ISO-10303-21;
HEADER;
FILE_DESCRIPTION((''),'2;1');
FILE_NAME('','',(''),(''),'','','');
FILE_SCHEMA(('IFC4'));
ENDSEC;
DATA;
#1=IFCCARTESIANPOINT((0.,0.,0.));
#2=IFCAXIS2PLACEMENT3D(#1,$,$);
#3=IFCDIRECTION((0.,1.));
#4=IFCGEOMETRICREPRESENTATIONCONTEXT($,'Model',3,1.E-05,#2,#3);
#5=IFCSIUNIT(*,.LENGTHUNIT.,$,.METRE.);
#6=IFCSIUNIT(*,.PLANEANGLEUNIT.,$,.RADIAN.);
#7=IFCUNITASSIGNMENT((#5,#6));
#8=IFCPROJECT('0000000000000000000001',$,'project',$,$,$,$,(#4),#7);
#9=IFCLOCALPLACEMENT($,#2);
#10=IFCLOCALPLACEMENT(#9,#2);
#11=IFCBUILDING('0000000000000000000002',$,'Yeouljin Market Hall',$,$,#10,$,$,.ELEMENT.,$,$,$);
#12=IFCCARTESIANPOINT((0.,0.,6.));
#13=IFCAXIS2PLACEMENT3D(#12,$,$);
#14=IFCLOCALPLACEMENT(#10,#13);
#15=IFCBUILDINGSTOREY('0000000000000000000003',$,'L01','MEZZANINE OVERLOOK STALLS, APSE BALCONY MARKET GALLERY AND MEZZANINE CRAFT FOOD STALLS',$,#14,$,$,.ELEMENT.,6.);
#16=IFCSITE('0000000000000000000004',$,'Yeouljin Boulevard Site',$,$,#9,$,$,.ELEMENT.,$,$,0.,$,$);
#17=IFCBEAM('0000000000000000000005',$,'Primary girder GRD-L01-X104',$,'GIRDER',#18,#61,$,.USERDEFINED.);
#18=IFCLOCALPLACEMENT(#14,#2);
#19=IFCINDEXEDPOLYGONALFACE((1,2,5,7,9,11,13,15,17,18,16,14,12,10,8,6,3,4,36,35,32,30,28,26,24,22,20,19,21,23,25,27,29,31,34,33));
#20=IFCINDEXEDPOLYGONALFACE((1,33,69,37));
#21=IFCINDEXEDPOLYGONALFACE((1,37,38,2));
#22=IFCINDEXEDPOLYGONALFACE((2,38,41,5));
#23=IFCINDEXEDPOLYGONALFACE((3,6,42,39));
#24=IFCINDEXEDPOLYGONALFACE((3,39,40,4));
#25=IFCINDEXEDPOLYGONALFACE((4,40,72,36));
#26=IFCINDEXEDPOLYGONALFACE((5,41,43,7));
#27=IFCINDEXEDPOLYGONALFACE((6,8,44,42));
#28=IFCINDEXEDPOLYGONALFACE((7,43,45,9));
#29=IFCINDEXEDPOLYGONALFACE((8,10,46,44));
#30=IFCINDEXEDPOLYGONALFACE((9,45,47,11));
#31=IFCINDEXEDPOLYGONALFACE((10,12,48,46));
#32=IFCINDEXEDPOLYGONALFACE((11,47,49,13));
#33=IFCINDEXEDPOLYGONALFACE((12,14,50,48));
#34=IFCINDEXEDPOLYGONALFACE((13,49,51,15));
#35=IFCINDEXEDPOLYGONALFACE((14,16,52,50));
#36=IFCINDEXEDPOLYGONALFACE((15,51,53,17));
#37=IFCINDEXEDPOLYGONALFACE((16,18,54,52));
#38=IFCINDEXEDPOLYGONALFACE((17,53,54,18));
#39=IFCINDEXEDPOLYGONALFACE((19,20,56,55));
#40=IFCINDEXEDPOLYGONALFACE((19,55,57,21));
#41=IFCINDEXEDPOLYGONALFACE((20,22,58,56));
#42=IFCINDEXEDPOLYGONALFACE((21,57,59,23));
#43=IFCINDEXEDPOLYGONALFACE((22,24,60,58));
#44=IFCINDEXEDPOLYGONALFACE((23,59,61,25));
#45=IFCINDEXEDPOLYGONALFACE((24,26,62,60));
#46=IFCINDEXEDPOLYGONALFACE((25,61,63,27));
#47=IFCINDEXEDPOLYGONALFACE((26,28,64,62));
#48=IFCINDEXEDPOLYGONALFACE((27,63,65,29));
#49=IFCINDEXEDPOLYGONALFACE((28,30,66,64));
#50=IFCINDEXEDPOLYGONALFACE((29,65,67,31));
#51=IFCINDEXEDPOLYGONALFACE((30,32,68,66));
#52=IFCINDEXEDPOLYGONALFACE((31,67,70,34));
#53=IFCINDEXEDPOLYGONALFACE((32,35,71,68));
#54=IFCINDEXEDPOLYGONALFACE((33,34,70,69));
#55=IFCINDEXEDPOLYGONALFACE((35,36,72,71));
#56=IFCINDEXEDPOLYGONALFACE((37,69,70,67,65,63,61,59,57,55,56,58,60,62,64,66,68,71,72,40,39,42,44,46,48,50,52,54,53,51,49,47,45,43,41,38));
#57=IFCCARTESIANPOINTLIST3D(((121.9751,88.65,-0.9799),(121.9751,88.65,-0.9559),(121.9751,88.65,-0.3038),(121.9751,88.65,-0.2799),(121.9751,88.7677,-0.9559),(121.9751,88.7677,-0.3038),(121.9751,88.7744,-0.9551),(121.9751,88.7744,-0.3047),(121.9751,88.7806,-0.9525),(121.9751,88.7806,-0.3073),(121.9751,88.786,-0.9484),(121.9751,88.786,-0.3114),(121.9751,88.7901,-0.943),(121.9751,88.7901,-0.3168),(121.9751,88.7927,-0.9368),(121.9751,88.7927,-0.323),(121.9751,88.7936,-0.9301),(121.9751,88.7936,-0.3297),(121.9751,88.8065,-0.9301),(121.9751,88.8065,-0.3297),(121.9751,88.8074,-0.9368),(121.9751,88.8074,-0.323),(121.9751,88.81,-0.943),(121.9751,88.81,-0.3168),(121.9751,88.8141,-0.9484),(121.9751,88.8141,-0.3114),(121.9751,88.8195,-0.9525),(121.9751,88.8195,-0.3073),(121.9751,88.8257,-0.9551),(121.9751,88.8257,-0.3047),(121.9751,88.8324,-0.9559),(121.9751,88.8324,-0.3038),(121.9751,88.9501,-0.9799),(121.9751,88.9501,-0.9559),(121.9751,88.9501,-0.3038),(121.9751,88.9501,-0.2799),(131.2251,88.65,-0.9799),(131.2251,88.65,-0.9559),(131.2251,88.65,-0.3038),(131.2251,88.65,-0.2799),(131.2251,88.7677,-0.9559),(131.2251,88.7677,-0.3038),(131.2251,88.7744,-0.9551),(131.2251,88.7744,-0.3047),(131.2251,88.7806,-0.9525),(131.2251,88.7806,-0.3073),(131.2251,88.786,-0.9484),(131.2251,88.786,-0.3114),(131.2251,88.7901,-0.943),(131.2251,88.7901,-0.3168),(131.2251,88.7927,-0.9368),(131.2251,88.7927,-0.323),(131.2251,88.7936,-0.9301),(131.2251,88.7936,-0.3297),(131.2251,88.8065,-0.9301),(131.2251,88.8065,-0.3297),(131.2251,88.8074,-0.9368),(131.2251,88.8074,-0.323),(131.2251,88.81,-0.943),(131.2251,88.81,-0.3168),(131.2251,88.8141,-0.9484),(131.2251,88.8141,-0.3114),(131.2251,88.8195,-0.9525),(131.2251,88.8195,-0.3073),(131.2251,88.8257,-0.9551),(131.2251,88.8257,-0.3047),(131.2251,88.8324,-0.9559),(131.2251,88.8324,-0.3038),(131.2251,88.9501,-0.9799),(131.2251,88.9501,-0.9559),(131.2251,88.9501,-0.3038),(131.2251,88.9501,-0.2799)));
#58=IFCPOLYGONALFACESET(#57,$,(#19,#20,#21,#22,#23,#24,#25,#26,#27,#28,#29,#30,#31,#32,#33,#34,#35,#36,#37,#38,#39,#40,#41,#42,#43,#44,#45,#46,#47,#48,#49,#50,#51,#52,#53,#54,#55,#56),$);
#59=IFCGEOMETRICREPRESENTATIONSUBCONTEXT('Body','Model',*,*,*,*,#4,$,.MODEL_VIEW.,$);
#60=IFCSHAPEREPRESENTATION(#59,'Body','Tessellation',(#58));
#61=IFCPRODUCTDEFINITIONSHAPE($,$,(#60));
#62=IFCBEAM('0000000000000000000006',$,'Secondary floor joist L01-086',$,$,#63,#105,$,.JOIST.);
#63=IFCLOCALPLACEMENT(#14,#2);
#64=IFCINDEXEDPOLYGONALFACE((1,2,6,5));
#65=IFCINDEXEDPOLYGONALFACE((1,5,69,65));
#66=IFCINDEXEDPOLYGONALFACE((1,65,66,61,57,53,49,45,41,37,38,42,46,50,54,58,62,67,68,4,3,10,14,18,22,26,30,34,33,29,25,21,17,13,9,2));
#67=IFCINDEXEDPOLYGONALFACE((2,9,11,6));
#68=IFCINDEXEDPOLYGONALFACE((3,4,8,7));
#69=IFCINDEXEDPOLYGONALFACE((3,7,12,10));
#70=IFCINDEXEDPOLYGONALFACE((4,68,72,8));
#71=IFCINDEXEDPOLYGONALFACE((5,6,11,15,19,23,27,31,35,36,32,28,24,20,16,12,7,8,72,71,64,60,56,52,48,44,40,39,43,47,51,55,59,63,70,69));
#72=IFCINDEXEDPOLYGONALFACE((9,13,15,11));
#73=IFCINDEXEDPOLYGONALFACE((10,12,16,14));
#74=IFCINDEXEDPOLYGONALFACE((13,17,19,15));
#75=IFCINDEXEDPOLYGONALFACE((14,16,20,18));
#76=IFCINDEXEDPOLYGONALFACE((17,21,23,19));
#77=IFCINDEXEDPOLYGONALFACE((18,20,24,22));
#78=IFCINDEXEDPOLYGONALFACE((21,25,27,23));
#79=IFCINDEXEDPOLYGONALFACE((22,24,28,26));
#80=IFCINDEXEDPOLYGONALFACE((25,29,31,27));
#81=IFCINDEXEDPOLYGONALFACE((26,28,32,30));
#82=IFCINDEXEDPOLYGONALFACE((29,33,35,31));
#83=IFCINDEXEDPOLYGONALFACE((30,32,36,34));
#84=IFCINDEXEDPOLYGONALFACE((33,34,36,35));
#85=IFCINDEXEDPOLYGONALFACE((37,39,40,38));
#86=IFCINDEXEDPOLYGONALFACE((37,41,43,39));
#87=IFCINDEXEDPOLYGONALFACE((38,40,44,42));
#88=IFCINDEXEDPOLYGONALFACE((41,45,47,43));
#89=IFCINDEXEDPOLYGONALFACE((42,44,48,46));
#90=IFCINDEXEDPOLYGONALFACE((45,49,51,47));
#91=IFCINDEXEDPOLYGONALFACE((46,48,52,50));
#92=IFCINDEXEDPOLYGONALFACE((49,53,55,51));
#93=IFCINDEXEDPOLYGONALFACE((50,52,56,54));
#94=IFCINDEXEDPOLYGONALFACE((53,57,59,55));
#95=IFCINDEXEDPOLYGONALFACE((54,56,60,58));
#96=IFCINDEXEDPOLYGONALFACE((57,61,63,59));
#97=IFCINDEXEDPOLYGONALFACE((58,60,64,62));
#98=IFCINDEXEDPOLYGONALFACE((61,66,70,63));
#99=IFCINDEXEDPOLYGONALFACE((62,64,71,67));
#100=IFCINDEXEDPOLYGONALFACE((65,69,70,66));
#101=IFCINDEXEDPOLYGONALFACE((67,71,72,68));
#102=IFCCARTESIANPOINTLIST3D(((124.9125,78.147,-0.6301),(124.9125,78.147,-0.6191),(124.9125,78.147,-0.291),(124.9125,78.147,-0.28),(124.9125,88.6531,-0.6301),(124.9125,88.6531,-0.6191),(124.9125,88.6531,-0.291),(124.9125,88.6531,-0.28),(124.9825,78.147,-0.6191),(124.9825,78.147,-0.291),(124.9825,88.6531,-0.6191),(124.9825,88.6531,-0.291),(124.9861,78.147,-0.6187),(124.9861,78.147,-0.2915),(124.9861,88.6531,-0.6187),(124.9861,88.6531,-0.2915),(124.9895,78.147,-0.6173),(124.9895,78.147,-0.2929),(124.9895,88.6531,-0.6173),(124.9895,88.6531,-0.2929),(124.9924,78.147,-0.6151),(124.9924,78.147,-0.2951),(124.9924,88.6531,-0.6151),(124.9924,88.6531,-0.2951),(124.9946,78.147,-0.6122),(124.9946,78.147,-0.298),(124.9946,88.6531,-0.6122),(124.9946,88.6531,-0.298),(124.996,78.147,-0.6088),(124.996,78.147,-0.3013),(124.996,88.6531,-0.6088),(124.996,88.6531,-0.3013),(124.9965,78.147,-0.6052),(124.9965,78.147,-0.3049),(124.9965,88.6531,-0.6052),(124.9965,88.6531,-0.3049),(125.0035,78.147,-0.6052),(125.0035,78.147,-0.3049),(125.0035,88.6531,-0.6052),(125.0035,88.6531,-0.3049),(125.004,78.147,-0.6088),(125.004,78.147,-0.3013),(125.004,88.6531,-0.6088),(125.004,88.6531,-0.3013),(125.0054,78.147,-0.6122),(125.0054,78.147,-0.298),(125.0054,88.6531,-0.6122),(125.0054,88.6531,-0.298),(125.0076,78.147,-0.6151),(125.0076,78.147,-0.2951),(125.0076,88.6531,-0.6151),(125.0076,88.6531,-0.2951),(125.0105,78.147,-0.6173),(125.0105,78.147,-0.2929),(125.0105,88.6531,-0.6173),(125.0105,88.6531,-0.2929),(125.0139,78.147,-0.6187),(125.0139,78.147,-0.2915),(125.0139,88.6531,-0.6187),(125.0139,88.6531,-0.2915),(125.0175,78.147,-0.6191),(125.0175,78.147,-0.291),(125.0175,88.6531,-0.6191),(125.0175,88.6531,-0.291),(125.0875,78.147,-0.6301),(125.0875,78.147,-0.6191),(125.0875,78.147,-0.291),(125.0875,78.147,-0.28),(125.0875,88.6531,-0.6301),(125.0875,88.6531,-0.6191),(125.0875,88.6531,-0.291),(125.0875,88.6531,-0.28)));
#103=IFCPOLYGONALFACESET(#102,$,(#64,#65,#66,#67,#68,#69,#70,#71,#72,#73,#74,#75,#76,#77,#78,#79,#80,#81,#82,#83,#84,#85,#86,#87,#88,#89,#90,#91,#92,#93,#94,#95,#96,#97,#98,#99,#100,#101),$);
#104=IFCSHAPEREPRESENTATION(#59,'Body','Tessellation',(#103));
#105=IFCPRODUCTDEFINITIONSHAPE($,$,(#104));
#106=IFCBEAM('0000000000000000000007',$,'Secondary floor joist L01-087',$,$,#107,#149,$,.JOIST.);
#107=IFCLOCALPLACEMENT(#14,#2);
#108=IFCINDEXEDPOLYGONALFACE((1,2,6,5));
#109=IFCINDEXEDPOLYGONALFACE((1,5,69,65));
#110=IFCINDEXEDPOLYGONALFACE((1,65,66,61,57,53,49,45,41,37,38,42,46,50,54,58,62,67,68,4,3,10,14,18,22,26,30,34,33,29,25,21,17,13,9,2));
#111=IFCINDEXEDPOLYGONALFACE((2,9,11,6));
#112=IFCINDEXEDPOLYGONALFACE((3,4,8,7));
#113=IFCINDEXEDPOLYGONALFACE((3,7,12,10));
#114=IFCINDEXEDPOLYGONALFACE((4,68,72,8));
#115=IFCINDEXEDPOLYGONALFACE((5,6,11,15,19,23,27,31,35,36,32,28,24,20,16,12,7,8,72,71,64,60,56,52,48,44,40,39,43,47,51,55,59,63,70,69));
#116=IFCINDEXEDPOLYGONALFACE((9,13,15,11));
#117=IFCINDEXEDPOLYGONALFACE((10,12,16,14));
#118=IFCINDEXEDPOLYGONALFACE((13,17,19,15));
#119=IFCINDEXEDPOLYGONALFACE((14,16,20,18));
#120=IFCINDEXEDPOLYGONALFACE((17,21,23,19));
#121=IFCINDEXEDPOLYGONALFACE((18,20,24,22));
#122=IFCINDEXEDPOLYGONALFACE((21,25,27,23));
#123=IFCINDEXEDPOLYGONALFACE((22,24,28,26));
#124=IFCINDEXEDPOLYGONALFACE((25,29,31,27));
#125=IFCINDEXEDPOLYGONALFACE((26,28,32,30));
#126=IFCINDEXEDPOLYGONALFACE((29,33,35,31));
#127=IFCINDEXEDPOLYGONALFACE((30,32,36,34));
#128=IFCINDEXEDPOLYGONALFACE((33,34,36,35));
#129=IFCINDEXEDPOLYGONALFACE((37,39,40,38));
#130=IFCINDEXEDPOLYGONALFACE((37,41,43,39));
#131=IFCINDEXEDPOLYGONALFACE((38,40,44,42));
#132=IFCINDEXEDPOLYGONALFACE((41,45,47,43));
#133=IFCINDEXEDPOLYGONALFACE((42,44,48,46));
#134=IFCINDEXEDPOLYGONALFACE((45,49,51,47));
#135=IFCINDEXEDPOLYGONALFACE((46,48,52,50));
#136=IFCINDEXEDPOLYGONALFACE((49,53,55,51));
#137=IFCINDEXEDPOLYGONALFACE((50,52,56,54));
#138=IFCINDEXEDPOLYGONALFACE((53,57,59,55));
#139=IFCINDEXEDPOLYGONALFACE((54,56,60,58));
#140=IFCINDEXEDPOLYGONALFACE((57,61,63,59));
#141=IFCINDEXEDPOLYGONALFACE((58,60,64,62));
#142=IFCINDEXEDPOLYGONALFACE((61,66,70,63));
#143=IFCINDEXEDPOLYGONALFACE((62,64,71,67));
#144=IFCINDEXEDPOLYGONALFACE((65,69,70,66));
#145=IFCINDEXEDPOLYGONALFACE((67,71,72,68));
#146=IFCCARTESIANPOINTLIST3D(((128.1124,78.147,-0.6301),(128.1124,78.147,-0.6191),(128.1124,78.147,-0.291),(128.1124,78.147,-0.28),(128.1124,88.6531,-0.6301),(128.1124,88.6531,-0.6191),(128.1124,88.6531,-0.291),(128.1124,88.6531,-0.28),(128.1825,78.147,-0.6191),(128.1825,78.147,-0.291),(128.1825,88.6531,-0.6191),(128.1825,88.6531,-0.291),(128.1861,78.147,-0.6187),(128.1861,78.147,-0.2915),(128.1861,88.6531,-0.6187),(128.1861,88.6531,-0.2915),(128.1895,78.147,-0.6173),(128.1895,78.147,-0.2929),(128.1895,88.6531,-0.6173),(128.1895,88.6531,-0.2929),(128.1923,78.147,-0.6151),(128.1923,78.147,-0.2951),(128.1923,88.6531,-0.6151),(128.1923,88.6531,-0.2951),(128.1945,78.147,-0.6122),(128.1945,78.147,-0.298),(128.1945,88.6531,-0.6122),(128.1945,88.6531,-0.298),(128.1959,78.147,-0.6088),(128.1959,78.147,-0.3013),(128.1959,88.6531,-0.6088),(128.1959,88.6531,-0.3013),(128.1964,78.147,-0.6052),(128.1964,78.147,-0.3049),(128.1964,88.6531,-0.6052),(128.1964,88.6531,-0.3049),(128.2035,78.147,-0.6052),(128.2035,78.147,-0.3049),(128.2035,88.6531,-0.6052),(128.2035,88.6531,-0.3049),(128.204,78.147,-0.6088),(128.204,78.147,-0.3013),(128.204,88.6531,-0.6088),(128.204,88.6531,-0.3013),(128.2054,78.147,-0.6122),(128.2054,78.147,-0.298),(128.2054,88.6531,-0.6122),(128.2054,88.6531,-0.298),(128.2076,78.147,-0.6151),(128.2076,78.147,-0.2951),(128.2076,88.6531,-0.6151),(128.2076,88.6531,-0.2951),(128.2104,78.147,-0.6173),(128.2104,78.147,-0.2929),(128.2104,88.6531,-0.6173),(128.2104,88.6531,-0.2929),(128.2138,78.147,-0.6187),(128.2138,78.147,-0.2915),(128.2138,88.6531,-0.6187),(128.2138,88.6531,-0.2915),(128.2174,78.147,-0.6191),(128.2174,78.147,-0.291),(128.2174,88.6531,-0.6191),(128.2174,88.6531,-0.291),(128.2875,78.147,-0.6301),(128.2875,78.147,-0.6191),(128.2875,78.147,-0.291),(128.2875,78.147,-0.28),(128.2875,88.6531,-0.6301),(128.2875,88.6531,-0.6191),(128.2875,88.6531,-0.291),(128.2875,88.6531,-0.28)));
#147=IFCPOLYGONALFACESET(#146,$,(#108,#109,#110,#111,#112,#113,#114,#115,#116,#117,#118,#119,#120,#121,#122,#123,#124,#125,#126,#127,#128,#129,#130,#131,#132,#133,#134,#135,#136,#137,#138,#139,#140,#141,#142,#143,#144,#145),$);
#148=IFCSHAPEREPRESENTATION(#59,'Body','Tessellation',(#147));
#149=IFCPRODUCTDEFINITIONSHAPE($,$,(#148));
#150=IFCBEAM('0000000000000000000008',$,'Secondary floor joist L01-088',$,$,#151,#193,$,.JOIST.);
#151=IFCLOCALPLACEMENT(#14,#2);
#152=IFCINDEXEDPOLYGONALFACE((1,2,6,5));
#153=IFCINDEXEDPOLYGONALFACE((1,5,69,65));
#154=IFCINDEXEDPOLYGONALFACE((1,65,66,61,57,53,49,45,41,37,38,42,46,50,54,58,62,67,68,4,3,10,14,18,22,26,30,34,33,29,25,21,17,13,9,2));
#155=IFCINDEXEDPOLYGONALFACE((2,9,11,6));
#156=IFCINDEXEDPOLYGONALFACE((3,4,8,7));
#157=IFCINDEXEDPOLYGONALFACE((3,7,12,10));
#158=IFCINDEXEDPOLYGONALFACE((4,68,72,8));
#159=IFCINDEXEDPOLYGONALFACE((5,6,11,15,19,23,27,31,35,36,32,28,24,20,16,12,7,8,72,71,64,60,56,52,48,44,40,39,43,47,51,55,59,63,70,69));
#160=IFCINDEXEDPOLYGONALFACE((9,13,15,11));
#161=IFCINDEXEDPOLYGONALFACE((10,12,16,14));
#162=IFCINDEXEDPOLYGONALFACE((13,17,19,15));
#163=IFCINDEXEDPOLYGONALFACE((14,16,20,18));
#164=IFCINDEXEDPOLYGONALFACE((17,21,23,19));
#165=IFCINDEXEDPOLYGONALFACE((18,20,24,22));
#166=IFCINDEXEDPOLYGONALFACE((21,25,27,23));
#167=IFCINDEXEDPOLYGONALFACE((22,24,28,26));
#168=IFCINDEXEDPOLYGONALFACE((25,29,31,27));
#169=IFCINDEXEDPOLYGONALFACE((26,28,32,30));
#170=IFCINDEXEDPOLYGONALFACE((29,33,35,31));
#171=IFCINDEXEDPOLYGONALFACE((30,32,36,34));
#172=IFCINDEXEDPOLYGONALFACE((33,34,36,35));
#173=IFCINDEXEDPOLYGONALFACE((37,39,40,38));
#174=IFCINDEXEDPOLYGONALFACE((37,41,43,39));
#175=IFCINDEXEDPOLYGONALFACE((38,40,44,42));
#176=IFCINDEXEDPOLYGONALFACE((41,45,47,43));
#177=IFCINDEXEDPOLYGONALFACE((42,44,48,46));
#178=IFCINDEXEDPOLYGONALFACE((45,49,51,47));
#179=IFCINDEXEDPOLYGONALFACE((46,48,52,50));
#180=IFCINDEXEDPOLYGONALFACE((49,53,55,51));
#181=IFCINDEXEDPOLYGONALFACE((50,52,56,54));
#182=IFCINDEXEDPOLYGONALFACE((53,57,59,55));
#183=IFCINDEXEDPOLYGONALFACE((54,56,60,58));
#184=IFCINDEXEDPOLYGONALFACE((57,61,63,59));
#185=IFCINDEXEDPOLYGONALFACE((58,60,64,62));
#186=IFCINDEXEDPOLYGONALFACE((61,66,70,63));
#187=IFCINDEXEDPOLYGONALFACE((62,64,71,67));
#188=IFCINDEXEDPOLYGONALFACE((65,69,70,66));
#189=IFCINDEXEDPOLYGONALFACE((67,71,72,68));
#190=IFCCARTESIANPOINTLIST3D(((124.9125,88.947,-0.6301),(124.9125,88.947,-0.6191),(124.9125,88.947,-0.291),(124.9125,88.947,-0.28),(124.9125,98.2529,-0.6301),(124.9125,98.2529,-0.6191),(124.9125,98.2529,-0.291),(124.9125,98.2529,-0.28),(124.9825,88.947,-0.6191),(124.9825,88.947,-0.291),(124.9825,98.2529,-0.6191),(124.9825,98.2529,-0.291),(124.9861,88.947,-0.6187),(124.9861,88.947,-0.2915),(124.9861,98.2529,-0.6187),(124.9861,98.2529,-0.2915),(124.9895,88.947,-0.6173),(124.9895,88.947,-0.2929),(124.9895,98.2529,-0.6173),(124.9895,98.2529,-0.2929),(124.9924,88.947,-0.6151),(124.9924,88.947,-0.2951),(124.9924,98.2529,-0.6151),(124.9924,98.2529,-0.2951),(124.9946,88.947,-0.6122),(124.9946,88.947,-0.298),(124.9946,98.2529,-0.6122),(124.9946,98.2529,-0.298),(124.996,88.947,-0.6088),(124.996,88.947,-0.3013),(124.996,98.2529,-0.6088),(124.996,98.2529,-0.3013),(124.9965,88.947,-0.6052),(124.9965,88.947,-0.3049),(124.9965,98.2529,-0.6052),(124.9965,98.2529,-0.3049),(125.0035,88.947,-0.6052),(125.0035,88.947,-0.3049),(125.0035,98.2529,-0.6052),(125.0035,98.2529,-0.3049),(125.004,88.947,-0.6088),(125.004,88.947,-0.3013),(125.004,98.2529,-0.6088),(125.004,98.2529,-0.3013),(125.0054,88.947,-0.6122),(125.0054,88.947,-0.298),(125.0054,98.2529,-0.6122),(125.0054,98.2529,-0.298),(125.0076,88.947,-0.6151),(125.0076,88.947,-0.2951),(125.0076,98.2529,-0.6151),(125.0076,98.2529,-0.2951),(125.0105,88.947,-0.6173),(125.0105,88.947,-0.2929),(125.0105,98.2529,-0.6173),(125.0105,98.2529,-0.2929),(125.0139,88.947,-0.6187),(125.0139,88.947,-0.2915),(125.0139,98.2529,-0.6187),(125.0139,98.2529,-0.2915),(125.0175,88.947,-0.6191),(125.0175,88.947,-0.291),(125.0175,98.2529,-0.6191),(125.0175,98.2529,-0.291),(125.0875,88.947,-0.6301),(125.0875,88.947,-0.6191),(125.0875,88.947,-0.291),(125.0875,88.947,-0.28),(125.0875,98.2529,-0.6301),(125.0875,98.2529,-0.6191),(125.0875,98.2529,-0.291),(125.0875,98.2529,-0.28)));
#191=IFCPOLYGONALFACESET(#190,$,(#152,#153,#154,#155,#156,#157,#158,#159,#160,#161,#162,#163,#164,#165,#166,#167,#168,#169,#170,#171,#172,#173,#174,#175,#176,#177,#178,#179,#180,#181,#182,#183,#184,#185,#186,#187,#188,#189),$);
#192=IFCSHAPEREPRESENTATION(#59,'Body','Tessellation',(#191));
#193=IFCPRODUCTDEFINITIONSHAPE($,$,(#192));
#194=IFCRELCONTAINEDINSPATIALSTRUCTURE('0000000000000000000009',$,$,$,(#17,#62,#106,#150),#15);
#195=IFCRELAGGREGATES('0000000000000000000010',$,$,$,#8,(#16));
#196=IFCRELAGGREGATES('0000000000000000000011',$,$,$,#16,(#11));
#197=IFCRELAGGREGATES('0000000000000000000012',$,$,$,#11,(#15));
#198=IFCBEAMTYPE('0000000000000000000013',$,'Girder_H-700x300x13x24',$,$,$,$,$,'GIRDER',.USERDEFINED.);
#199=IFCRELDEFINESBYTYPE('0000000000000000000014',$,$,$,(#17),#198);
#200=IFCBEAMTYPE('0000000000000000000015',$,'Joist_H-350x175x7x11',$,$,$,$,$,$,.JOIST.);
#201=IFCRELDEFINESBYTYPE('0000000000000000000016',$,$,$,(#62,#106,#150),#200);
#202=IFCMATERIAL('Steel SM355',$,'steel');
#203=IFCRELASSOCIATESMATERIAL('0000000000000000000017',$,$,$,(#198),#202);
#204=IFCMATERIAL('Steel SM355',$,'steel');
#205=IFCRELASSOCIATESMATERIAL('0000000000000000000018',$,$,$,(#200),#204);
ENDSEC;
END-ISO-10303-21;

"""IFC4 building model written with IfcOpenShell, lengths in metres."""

from ifc_helpers import new_model, si_unit, direction, frame, origin, origin_2d, place, context, subcontext, project, spatial, i_section, extrude, material, material_profile, profile_set, type_object, element, save


model = new_model("IFC4")

# Units and contexts
model_context = context("Model", 3, precision=1e-05, world=origin(), true_north=direction((0.0, 1.0)))
body_context = subcontext(model_context, "Body", "Model", "MODEL_VIEW")
ifc_project = project(units=[si_unit("LENGTHUNIT", "METRE"), si_unit("PLANEANGLEUNIT", "RADIAN")], contexts=[model_context])

# Site, building, storey
site_placement = place(None, origin())
site = spatial("IfcSite", under=ifc_project, at=site_placement, Name="Yeouljin Boulevard Site", CompositionType="ELEMENT", RefElevation=0.0)
building_placement = place(site_placement, origin())
building = spatial("IfcBuilding", under=site, at=building_placement, Name="Yeouljin Market Hall", CompositionType="ELEMENT")
storey_placement = place(building_placement, frame((0.0, 0.0, 6.0)))
storey = spatial("IfcBuildingStorey", under=building, at=storey_placement, Name="L01", Description="MEZZANINE OVERLOOK STALLS, APSE BALCONY MARKET GALLERY AND MEZZANINE CRAFT FOOD STALLS", CompositionType="ELEMENT", Elevation=6.0)

# Beams
ifc_material_1 = material(Name="Steel SM355", Category="steel")
ifc_material_profile_1 = material_profile(ifc_material_1, i_section(OverallWidth=0.3, OverallDepth=0.7, WebThickness=0.0129, FlangeThickness=0.0239, FilletRadius=0.0259, at=origin_2d()), Name="H-700x300x13x24")
ifc_profile_set_1 = profile_set([ifc_material_profile_1], Name="Steel SM355")
beam_type_1 = type_object("IfcBeamType", Name="Girder_H-700x300x13x24", ElementType="GIRDER", PredefinedType="USERDEFINED", material=ifc_profile_set_1)
beam_1_placement = place(storey_placement, frame((121.9751, 88.8, -0.6299), z_axis=(1.0, 0.0, 0.0), x_axis=(0.0, 1.0, 0.0)))
element("IfcBeam", 1, at=beam_1_placement, inside=storey, type_object=beam_type_1, Name="Primary girder GRD-L01-X104", ObjectType="GIRDER", PredefinedType="USERDEFINED", context=body_context, shape_type="SweptSolid", body=[
    extrude(i_section(OverallWidth=0.3, OverallDepth=0.7, WebThickness=0.0129, FlangeThickness=0.0239, FilletRadius=0.0259, at=origin_2d()), origin(), (0.0, 0.0, 1.0), 9.25),
])
ifc_material_2 = material(Name="Steel SM355", Category="steel")
ifc_material_profile_2 = material_profile(ifc_material_2, i_section(OverallWidth=0.175, OverallDepth=0.3501, WebThickness=0.0071, FlangeThickness=0.011, FilletRadius=0.0139, at=origin_2d()), Name="H-350x175x7x11")
ifc_profile_set_2 = profile_set([ifc_material_profile_2], Name="Steel SM355")
beam_type_2 = type_object("IfcBeamType", Name="Joist_H-350x175x7x11", PredefinedType="JOIST", material=ifc_profile_set_2)
for number, where, z_axis, x_axis, name in (
    (2, (125.0, 78.147, -0.4551), (0.0, 1.0, 0.0), (-1.0, 0.0, 0.0), "Secondary floor joist L01-086"),
    (3, (128.2, 78.147, -0.4551), (0.0, 1.0, 0.0), (-1.0, 0.0, 0.0), "Secondary floor joist L01-087"),
):
    element("IfcBeam", number, at=place(storey_placement, frame(where, z_axis=z_axis, x_axis=x_axis)), inside=storey, type_object=beam_type_2, Name=name, PredefinedType="JOIST", context=body_context, shape_type="SweptSolid", body=[
        extrude(i_section(OverallWidth=0.175, OverallDepth=0.3501, WebThickness=0.0071, FlangeThickness=0.011, FilletRadius=0.0139, at=origin_2d()), origin(), (0.0, 0.0, 1.0), 10.5061),
    ])
for number, where, z_axis, x_axis, name in (
    (4, (125.0, 88.947, -0.4551), (0.0, 1.0, 0.0), (-1.0, 0.0, 0.0), "Secondary floor joist L01-088"),
):
    element("IfcBeam", number, at=place(storey_placement, frame(where, z_axis=z_axis, x_axis=x_axis)), inside=storey, type_object=beam_type_2, Name=name, PredefinedType="JOIST", context=body_context, shape_type="SweptSolid", body=[
        extrude(i_section(OverallWidth=0.175, OverallDepth=0.3501, WebThickness=0.0071, FlangeThickness=0.011, FilletRadius=0.0139, at=origin_2d()), origin(), (0.0, 0.0, 1.0), 9.3059),
    ])

save(model, "model.ifc")
